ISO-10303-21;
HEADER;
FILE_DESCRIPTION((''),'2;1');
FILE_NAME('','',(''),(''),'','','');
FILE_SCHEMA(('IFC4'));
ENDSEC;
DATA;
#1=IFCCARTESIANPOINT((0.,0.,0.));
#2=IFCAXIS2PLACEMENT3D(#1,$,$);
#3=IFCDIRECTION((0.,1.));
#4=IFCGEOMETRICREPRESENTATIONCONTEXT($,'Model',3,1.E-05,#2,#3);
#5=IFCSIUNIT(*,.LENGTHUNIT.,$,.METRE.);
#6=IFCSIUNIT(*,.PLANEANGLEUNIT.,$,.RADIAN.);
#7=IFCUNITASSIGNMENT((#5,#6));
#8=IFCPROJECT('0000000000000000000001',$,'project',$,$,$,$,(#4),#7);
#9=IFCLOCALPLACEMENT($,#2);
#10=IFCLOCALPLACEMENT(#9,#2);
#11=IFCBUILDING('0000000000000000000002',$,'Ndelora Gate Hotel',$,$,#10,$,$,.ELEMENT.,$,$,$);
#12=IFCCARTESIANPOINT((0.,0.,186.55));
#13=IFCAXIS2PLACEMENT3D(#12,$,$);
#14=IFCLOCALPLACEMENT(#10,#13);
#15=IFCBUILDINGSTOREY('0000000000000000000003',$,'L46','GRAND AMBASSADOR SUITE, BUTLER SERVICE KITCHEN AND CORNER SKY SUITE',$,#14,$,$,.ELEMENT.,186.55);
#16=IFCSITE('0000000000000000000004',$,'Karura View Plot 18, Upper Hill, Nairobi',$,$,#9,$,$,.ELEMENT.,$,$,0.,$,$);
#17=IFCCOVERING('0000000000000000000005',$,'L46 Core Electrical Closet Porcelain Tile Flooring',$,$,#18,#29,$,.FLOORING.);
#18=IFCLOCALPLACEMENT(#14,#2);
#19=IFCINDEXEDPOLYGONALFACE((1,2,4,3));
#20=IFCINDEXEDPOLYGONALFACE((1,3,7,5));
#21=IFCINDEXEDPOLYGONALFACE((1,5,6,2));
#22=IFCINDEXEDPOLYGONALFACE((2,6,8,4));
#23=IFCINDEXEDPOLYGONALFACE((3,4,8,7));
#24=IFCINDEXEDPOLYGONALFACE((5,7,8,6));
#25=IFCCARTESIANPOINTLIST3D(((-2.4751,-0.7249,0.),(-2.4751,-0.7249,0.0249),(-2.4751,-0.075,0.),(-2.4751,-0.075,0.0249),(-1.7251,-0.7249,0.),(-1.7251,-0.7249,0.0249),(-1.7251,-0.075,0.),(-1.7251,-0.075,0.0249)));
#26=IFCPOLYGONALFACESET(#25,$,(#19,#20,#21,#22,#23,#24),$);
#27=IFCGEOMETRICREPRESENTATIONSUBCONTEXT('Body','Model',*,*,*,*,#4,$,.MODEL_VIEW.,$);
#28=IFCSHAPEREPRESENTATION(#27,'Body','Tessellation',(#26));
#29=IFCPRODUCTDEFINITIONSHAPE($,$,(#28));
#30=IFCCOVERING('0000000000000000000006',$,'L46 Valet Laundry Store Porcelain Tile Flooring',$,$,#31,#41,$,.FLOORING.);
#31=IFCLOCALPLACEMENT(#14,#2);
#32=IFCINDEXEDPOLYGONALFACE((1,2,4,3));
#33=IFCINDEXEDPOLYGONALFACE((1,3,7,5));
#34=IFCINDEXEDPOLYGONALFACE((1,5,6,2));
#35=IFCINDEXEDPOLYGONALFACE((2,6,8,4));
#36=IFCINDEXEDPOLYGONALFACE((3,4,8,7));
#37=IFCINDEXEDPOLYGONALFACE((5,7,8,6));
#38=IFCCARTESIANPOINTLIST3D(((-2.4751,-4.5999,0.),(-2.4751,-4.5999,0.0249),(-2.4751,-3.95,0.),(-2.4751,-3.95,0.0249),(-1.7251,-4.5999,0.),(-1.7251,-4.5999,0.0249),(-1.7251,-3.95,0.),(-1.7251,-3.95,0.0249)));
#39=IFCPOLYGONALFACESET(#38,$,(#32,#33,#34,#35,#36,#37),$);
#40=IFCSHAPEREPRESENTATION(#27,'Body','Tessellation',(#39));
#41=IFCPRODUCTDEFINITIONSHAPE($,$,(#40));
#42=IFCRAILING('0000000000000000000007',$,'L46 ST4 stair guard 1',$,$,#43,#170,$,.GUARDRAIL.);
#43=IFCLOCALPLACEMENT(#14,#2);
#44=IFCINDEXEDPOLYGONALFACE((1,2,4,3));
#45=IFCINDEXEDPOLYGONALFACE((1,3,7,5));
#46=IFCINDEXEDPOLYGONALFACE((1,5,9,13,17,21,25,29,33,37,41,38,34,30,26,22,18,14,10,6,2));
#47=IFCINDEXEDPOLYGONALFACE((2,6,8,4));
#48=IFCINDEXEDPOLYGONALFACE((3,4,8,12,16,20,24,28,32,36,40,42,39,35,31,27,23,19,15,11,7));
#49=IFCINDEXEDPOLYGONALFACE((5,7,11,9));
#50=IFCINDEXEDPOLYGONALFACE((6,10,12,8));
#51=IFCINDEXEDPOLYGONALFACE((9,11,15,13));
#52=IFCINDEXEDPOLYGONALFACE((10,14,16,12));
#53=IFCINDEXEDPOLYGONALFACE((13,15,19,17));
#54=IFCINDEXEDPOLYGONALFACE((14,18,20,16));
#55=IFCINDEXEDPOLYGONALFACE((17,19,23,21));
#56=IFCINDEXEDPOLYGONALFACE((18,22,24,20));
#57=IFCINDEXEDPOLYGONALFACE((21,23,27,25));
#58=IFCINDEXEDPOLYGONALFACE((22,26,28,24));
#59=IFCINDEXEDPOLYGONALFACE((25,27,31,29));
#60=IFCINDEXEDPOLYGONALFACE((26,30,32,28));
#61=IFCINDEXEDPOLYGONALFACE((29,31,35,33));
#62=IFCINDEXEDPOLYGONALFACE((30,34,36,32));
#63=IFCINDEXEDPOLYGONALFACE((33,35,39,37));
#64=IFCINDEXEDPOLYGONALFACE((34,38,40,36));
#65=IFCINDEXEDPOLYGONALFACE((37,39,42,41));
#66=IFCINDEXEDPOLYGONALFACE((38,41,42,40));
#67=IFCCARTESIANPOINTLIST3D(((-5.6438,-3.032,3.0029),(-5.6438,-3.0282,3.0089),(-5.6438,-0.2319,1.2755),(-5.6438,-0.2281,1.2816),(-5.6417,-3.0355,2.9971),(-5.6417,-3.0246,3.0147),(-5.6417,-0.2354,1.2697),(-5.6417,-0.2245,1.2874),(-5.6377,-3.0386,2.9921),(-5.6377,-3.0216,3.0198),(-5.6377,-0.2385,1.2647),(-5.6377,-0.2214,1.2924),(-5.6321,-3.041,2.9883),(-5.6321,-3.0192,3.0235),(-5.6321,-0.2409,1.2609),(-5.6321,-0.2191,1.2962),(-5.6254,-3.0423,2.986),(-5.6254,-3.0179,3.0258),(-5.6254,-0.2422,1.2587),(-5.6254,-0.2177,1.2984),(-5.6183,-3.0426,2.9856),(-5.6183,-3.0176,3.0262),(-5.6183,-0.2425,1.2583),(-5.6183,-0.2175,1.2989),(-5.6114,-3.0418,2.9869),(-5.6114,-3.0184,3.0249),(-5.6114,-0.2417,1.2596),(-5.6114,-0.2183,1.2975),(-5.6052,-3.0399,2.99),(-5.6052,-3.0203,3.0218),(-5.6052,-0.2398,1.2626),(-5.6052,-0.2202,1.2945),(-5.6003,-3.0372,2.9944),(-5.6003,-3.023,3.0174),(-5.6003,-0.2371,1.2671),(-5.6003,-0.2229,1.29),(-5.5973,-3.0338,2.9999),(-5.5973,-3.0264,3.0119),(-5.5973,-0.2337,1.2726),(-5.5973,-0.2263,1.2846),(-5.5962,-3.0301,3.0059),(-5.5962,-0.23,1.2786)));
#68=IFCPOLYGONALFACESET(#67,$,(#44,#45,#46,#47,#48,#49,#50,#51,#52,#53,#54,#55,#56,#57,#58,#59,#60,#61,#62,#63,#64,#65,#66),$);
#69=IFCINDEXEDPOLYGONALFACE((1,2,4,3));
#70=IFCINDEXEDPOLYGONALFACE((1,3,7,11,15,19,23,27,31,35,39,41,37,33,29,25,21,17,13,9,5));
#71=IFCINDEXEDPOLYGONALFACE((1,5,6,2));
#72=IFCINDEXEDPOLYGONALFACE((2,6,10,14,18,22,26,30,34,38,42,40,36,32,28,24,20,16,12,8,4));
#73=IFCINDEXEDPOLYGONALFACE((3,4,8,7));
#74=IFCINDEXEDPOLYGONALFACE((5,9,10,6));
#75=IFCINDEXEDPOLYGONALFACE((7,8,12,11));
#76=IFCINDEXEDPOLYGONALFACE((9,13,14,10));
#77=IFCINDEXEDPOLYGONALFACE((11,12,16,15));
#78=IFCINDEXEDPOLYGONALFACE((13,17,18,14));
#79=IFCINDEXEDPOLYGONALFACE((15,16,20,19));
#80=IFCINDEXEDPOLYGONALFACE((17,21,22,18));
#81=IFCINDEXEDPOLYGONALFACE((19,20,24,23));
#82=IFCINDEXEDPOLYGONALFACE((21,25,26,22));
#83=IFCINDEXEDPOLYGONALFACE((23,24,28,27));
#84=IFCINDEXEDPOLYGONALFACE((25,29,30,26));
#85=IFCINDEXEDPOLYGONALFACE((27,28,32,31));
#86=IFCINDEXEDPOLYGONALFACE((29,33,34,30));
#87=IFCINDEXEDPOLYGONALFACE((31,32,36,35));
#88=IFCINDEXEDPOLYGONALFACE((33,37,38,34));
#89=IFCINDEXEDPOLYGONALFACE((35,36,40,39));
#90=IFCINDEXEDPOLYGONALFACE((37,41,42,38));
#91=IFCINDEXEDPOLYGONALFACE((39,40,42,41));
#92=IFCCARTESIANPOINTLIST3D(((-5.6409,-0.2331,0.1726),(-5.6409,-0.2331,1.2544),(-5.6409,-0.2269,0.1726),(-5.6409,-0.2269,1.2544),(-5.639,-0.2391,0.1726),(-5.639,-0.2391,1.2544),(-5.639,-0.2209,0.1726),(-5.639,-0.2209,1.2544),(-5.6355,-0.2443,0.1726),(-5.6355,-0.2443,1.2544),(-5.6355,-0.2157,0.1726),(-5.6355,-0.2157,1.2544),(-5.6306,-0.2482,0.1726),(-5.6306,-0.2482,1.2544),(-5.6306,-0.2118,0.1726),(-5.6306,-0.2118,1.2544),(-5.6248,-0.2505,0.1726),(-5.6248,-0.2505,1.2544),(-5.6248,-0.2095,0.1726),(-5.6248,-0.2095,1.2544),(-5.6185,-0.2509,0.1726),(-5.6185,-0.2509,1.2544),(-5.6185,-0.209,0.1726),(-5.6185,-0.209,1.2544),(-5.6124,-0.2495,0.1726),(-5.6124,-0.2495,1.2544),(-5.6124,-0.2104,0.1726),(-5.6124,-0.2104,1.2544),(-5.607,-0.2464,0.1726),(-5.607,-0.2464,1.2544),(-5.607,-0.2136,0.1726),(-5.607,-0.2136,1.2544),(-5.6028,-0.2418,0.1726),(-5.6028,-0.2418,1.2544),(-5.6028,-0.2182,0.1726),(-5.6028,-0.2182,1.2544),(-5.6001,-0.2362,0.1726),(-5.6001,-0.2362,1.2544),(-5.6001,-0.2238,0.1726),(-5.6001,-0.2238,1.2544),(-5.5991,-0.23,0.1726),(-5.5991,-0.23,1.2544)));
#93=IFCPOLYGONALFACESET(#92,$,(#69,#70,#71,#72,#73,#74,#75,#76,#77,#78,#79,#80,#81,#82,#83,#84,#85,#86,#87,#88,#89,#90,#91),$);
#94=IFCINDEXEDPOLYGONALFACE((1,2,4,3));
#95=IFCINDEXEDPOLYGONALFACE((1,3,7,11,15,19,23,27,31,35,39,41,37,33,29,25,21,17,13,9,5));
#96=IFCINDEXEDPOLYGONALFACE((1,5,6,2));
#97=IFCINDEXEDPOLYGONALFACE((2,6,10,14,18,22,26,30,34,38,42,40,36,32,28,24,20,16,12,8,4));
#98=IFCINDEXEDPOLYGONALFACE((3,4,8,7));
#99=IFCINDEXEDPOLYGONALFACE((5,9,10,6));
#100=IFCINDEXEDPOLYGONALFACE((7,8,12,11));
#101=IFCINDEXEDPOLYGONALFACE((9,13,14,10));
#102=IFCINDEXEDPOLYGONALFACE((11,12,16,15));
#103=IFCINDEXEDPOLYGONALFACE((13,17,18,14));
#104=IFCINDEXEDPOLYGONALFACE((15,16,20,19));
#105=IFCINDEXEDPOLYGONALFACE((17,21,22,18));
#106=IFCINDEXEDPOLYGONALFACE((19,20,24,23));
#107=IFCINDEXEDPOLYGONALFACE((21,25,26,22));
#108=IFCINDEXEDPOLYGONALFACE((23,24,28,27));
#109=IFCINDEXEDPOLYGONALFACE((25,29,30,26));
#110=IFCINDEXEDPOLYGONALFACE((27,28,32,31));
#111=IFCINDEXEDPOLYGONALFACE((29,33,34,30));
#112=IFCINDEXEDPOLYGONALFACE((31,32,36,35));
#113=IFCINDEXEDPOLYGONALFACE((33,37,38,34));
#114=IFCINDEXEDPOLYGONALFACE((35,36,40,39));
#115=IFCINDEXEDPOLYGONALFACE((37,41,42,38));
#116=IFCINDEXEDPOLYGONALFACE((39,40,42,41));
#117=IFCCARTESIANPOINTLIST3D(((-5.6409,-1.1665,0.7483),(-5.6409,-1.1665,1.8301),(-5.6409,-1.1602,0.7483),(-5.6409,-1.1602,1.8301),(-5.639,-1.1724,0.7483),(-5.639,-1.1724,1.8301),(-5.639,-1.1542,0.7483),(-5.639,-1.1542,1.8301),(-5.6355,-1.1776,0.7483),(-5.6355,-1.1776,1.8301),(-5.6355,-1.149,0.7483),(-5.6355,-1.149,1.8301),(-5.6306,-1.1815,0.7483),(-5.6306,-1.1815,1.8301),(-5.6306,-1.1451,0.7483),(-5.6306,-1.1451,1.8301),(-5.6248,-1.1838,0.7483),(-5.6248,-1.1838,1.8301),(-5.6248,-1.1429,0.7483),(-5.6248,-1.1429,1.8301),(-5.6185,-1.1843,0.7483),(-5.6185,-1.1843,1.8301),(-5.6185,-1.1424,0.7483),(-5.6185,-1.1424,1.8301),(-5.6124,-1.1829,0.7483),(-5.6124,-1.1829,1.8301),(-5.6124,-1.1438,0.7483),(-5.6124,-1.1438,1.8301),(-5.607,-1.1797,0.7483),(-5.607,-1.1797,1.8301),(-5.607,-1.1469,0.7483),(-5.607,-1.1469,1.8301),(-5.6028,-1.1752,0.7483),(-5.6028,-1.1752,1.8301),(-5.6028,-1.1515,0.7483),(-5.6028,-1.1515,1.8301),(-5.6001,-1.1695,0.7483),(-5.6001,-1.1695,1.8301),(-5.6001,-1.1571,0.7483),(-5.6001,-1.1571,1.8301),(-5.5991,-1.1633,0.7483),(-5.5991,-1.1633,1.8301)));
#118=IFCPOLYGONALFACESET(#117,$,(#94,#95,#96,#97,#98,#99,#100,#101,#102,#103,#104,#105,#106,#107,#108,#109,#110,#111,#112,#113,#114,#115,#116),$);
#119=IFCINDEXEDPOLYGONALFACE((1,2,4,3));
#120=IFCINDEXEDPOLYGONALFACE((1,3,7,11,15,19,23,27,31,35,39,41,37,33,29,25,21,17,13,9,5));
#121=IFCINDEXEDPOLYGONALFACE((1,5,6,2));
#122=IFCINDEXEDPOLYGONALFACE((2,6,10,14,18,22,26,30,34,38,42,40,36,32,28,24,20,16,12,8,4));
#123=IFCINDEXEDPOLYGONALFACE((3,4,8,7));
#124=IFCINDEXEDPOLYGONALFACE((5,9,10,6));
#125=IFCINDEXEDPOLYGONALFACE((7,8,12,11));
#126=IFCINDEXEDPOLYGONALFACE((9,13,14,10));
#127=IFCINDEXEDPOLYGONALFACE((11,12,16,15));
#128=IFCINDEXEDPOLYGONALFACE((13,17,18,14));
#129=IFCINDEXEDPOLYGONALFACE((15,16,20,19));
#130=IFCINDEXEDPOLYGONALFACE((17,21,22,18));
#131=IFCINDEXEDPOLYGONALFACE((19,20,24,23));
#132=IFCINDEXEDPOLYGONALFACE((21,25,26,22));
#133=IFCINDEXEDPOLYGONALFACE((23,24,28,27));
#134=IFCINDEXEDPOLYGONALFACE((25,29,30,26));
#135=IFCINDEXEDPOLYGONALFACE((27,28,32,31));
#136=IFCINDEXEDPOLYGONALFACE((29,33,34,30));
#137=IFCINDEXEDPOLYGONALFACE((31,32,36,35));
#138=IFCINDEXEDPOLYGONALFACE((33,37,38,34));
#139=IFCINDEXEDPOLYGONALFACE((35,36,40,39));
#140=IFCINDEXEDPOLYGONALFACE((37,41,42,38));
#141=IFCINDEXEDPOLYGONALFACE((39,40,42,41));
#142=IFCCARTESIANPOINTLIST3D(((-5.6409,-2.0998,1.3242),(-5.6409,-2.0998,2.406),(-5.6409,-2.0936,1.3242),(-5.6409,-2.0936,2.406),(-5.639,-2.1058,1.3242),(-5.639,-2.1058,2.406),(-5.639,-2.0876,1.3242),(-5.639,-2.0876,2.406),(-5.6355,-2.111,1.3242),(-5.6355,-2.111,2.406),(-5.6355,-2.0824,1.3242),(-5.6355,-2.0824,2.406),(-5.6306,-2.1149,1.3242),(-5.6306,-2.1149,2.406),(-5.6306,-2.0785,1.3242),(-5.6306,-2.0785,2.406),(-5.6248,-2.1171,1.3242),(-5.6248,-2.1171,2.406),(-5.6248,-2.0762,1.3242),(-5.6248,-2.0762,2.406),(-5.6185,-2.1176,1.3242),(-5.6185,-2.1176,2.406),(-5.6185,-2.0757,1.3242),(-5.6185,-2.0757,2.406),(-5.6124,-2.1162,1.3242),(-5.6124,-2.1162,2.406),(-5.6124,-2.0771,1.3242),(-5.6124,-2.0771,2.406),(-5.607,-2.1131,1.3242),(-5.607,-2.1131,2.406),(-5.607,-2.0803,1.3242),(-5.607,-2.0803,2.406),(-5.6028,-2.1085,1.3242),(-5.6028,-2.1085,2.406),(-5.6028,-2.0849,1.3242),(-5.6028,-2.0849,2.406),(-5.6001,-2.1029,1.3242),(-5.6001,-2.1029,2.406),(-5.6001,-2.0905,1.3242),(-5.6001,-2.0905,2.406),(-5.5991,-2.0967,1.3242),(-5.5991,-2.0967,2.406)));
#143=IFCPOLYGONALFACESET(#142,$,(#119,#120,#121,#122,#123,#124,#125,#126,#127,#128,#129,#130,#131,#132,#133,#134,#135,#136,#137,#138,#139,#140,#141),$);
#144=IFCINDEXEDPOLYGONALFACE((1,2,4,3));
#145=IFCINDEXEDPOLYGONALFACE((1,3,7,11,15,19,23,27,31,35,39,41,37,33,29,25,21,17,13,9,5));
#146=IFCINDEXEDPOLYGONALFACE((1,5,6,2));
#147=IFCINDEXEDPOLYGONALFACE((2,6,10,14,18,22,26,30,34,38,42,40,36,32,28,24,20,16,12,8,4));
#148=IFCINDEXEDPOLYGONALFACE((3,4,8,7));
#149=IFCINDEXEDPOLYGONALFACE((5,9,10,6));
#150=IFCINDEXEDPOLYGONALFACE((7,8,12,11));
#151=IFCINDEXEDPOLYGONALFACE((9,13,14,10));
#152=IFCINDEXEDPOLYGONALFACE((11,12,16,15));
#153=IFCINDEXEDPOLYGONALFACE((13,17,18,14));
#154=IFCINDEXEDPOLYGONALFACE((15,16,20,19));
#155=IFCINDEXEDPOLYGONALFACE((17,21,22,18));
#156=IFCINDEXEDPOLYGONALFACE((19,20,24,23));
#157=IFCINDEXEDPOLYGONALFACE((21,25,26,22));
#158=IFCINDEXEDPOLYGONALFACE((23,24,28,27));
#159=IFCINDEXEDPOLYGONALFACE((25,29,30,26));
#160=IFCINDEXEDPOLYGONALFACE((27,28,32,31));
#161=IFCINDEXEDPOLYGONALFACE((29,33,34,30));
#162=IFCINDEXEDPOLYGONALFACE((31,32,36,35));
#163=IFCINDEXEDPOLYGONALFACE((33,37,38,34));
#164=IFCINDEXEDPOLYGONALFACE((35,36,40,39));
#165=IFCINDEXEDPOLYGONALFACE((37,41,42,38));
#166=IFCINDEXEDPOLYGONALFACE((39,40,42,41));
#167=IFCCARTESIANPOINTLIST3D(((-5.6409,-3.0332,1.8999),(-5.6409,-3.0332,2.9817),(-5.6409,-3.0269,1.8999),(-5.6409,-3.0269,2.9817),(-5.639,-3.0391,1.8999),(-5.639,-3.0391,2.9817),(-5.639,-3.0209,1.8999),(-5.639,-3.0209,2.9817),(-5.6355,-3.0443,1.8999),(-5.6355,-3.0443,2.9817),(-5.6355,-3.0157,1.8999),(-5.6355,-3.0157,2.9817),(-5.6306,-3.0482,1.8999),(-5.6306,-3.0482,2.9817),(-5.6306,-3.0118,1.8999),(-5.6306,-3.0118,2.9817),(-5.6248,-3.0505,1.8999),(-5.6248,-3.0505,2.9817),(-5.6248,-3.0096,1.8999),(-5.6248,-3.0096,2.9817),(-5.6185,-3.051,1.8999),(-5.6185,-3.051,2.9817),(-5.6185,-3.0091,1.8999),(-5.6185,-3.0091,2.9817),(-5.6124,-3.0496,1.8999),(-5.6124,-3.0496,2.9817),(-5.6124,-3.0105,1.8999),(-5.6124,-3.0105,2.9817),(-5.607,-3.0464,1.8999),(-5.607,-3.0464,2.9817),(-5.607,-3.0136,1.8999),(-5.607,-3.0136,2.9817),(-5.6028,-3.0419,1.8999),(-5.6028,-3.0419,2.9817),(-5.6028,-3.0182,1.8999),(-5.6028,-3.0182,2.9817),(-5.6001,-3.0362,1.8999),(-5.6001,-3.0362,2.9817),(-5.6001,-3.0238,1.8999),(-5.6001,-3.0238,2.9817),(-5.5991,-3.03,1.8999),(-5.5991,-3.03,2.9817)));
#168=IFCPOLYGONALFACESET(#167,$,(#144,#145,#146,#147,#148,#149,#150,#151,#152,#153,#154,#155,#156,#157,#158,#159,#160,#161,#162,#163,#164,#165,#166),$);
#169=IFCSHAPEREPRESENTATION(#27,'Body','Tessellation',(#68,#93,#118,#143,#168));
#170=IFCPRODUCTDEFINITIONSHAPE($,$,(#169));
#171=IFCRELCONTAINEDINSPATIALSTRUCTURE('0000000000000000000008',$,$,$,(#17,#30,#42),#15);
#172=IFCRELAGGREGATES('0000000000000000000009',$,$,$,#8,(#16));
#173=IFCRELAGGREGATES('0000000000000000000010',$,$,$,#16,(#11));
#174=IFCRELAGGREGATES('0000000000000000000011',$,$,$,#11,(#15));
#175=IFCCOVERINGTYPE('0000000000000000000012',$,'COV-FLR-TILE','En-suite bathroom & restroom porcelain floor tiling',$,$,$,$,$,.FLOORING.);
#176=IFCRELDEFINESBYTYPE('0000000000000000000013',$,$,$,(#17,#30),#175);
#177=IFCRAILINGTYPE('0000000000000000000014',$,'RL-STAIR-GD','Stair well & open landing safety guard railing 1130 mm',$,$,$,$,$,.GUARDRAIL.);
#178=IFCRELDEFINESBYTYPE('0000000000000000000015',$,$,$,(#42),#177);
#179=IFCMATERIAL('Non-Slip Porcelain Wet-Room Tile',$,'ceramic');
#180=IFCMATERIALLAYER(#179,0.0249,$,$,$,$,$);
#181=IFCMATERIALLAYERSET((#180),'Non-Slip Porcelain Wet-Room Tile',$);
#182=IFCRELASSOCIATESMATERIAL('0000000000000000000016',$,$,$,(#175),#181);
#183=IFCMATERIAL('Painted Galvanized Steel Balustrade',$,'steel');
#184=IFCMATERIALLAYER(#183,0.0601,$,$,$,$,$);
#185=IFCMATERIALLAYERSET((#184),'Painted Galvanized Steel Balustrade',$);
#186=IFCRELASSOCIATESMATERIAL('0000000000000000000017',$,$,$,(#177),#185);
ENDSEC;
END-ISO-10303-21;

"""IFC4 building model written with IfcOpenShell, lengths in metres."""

from ifc_helpers import new_model, si_unit, direction, frame, origin, origin_2d, place, context, subcontext, project, spatial, rectangle, circle, extrude, material, layer, layer_set, type_object, element, save


model = new_model("IFC4")

# Units and contexts
model_context = context("Model", 3, precision=1e-05, world=origin(), true_north=direction((0.0, 1.0)))
body_context = subcontext(model_context, "Body", "Model", "MODEL_VIEW")
ifc_project = project(units=[si_unit("LENGTHUNIT", "METRE"), si_unit("PLANEANGLEUNIT", "RADIAN")], contexts=[model_context])

# Site, building, storey
site_placement = place(None, origin())
site = spatial("IfcSite", under=ifc_project, at=site_placement, Name="Karura View Plot 18, Upper Hill, Nairobi", CompositionType="ELEMENT", RefElevation=0.0)
building_placement = place(site_placement, origin())
building = spatial("IfcBuilding", under=site, at=building_placement, Name="Ndelora Gate Hotel", CompositionType="ELEMENT")
storey_placement = place(building_placement, frame((0.0, 0.0, 186.55)))
storey = spatial("IfcBuildingStorey", under=building, at=storey_placement, Name="L46", Description="GRAND AMBASSADOR SUITE, BUTLER SERVICE KITCHEN AND CORNER SKY SUITE", CompositionType="ELEMENT", Elevation=186.55)

# Coverings
ifc_material_1 = material(Name="Non-Slip Porcelain Wet-Room Tile", Category="ceramic")
ifc_layer_1 = layer(ifc_material_1, 0.0249)
ifc_layer_set_1 = layer_set([ifc_layer_1], Name="Non-Slip Porcelain Wet-Room Tile")
covering_type = type_object("IfcCoveringType", Name="COV-FLR-TILE", Description="En-suite bathroom & restroom porcelain floor tiling", PredefinedType="FLOORING", material=ifc_layer_set_1)
for number, where, z_axis, x_axis, name in (
    (1, (-2.1001, -0.3999, 0.0), (0.0, 0.0, 1.0), (1.0, 0.0, 0.0), "L46 Core Electrical Closet Porcelain Tile Flooring"),
    (2, (-2.1001, -4.2749, 0.0), (0.0, 0.0, 1.0), (1.0, 0.0, 0.0), "L46 Valet Laundry Store Porcelain Tile Flooring"),
):
    element("IfcCovering", number, at=place(storey_placement, frame(where, z_axis=z_axis, x_axis=x_axis)), inside=storey, type_object=covering_type, Name=name, PredefinedType="FLOORING", context=body_context, shape_type="SweptSolid", body=[
        extrude(rectangle(XDim=0.75, YDim=0.6499, at=origin_2d()), origin(), (0.0, 0.0, 1.0), 0.0249),
    ])

# Railing
ifc_material_2 = material(Name="Painted Galvanized Steel Balustrade", Category="steel")
ifc_layer_2 = layer(ifc_material_2, 0.0601)
ifc_layer_set_2 = layer_set([ifc_layer_2], Name="Painted Galvanized Steel Balustrade")
railing_type_1 = type_object("IfcRailingType", Name="RL-STAIR-GD", Description="Stair well & open landing safety guard railing 1130 mm", PredefinedType="GUARDRAIL", material=ifc_layer_set_2)
railing_1_placement = place(storey_placement, frame((-5.6201, -0.23, 0.1726)))
element("IfcRailing", 3, at=railing_1_placement, inside=storey, type_object=railing_type_1, Name="L46 ST4 stair guard 1", PredefinedType="GUARDRAIL", context=body_context, shape_type="SweptSolid", body=[
    extrude(circle(Radius=0.0239, at=origin_2d()), frame((0.0, 0.0, 1.106), z_axis=(0.0, -0.85109, 0.52502), x_axis=(1.0, 0.0, 0.0)), (0.0, 0.0, 1.0), 3.29),
    extrude(circle(Radius=0.021, at=origin_2d()), origin(), (0.0, 0.0, 1.0), 1.0818),
    extrude(circle(Radius=0.021, at=origin_2d()), frame((0.0, -0.9333, 0.5757)), (0.0, 0.0, 1.0), 1.0818),
    extrude(circle(Radius=0.021, at=origin_2d()), frame((0.0, -1.8667, 1.1516)), (0.0, 0.0, 1.0), 1.0818),
    extrude(circle(Radius=0.021, at=origin_2d()), frame((0.0, -2.8, 1.7273)), (0.0, 0.0, 1.0), 1.0818),
])

save(model, "model.ifc")
